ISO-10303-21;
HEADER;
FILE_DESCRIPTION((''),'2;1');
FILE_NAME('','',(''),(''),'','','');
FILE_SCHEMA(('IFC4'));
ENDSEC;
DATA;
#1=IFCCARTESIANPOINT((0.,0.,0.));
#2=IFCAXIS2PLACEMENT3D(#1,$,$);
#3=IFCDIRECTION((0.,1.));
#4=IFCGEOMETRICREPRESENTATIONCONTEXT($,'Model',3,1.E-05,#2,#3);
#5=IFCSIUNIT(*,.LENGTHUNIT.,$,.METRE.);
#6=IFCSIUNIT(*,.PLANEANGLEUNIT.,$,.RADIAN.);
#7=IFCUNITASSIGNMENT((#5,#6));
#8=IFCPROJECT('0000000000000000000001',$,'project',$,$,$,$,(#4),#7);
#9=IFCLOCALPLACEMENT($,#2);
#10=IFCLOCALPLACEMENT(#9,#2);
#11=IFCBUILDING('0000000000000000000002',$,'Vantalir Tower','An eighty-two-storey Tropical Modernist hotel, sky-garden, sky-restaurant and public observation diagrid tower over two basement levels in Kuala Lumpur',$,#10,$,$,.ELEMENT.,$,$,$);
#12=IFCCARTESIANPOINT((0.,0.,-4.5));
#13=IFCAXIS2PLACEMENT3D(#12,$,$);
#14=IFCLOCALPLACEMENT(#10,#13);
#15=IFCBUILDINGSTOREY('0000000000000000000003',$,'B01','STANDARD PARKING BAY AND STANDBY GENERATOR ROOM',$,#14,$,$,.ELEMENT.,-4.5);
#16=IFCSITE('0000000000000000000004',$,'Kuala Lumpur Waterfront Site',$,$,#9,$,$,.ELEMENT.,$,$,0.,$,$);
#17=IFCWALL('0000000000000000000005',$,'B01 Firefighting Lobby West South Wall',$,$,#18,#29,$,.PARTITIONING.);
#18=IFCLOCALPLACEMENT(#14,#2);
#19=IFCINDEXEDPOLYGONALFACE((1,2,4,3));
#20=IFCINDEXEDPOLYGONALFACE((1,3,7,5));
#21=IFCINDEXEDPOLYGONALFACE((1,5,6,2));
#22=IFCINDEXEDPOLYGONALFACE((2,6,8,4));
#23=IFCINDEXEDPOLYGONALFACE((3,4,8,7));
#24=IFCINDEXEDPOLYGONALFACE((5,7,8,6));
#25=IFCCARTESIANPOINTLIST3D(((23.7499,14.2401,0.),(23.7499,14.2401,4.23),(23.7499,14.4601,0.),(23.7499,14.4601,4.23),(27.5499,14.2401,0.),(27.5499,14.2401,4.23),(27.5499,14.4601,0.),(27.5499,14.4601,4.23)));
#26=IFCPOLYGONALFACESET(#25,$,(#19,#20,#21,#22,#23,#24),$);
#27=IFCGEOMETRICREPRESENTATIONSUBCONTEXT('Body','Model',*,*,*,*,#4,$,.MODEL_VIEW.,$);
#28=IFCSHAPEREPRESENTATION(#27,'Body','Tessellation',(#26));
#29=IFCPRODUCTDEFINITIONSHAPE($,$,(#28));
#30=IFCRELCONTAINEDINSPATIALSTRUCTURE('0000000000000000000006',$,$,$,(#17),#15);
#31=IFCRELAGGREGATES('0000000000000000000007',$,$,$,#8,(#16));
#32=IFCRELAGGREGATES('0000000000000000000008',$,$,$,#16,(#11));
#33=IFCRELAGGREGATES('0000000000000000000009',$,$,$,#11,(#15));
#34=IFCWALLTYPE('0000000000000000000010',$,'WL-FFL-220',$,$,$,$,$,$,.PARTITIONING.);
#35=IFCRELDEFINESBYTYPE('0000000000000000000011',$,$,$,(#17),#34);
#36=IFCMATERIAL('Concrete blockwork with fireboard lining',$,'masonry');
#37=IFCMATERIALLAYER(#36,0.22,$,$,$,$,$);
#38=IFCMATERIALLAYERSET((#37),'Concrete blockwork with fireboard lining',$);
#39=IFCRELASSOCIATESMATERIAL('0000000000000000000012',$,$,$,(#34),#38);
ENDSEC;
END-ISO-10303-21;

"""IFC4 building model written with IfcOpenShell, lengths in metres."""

from ifc_helpers import new_model, si_unit, direction, frame, frame_2d, origin, place, context, subcontext, project, spatial, rectangle, extrude, material, layer, layer_set, type_object, element, save


model = new_model("IFC4")

# Units and contexts
model_context = context("Model", 3, precision=1e-05, world=origin(), true_north=direction((0.0, 1.0)))
body_context = subcontext(model_context, "Body", "Model", "MODEL_VIEW")
ifc_project = project(units=[si_unit("LENGTHUNIT", "METRE"), si_unit("PLANEANGLEUNIT", "RADIAN")], contexts=[model_context])

# Site, building, storey
site_placement = place(None, origin())
site = spatial("IfcSite", under=ifc_project, at=site_placement, Name="Kuala Lumpur Waterfront Site", CompositionType="ELEMENT", RefElevation=0.0)
building_placement = place(site_placement, origin())
building = spatial("IfcBuilding", under=site, at=building_placement, Name="Vantalir Tower", Description="An eighty-two-storey Tropical Modernist hotel, sky-garden, sky-restaurant and public observation diagrid tower over two basement levels in Kuala Lumpur", CompositionType="ELEMENT")
storey_placement = place(building_placement, frame((0.0, 0.0, -4.5)))
storey = spatial("IfcBuildingStorey", under=building, at=storey_placement, Name="B01", Description="STANDARD PARKING BAY AND STANDBY GENERATOR ROOM", CompositionType="ELEMENT", Elevation=-4.5)

# Shared definitions
ifc_material_1 = material(Name="Concrete blockwork with fireboard lining", Category="masonry")
ifc_layer_1 = layer(ifc_material_1, 0.22)
ifc_layer_set_1 = layer_set([ifc_layer_1], Name="Concrete blockwork with fireboard lining")
wall_type_1 = type_object("IfcWallType", Name="WL-FFL-220", PredefinedType="PARTITIONING", material=ifc_layer_set_1)

# Wall
wall_1_placement = place(storey_placement, frame((23.75, 14.3501, 0.0), z_axis=(0.0, 0.0, 1.0), x_axis=(1.0, 0.0, 0.0)))
element("IfcWall", 1, at=wall_1_placement, inside=storey, type_object=wall_type_1, Name="B01 Firefighting Lobby West South Wall", PredefinedType="PARTITIONING", context=body_context, shape_type="SweptSolid", body=[
    extrude(rectangle(XDim=3.8, YDim=0.22, at=frame_2d((1.8999, 0.0))), origin(), (0.0, 0.0, 1.0), 4.23),
])

save(model, "model.ifc")
